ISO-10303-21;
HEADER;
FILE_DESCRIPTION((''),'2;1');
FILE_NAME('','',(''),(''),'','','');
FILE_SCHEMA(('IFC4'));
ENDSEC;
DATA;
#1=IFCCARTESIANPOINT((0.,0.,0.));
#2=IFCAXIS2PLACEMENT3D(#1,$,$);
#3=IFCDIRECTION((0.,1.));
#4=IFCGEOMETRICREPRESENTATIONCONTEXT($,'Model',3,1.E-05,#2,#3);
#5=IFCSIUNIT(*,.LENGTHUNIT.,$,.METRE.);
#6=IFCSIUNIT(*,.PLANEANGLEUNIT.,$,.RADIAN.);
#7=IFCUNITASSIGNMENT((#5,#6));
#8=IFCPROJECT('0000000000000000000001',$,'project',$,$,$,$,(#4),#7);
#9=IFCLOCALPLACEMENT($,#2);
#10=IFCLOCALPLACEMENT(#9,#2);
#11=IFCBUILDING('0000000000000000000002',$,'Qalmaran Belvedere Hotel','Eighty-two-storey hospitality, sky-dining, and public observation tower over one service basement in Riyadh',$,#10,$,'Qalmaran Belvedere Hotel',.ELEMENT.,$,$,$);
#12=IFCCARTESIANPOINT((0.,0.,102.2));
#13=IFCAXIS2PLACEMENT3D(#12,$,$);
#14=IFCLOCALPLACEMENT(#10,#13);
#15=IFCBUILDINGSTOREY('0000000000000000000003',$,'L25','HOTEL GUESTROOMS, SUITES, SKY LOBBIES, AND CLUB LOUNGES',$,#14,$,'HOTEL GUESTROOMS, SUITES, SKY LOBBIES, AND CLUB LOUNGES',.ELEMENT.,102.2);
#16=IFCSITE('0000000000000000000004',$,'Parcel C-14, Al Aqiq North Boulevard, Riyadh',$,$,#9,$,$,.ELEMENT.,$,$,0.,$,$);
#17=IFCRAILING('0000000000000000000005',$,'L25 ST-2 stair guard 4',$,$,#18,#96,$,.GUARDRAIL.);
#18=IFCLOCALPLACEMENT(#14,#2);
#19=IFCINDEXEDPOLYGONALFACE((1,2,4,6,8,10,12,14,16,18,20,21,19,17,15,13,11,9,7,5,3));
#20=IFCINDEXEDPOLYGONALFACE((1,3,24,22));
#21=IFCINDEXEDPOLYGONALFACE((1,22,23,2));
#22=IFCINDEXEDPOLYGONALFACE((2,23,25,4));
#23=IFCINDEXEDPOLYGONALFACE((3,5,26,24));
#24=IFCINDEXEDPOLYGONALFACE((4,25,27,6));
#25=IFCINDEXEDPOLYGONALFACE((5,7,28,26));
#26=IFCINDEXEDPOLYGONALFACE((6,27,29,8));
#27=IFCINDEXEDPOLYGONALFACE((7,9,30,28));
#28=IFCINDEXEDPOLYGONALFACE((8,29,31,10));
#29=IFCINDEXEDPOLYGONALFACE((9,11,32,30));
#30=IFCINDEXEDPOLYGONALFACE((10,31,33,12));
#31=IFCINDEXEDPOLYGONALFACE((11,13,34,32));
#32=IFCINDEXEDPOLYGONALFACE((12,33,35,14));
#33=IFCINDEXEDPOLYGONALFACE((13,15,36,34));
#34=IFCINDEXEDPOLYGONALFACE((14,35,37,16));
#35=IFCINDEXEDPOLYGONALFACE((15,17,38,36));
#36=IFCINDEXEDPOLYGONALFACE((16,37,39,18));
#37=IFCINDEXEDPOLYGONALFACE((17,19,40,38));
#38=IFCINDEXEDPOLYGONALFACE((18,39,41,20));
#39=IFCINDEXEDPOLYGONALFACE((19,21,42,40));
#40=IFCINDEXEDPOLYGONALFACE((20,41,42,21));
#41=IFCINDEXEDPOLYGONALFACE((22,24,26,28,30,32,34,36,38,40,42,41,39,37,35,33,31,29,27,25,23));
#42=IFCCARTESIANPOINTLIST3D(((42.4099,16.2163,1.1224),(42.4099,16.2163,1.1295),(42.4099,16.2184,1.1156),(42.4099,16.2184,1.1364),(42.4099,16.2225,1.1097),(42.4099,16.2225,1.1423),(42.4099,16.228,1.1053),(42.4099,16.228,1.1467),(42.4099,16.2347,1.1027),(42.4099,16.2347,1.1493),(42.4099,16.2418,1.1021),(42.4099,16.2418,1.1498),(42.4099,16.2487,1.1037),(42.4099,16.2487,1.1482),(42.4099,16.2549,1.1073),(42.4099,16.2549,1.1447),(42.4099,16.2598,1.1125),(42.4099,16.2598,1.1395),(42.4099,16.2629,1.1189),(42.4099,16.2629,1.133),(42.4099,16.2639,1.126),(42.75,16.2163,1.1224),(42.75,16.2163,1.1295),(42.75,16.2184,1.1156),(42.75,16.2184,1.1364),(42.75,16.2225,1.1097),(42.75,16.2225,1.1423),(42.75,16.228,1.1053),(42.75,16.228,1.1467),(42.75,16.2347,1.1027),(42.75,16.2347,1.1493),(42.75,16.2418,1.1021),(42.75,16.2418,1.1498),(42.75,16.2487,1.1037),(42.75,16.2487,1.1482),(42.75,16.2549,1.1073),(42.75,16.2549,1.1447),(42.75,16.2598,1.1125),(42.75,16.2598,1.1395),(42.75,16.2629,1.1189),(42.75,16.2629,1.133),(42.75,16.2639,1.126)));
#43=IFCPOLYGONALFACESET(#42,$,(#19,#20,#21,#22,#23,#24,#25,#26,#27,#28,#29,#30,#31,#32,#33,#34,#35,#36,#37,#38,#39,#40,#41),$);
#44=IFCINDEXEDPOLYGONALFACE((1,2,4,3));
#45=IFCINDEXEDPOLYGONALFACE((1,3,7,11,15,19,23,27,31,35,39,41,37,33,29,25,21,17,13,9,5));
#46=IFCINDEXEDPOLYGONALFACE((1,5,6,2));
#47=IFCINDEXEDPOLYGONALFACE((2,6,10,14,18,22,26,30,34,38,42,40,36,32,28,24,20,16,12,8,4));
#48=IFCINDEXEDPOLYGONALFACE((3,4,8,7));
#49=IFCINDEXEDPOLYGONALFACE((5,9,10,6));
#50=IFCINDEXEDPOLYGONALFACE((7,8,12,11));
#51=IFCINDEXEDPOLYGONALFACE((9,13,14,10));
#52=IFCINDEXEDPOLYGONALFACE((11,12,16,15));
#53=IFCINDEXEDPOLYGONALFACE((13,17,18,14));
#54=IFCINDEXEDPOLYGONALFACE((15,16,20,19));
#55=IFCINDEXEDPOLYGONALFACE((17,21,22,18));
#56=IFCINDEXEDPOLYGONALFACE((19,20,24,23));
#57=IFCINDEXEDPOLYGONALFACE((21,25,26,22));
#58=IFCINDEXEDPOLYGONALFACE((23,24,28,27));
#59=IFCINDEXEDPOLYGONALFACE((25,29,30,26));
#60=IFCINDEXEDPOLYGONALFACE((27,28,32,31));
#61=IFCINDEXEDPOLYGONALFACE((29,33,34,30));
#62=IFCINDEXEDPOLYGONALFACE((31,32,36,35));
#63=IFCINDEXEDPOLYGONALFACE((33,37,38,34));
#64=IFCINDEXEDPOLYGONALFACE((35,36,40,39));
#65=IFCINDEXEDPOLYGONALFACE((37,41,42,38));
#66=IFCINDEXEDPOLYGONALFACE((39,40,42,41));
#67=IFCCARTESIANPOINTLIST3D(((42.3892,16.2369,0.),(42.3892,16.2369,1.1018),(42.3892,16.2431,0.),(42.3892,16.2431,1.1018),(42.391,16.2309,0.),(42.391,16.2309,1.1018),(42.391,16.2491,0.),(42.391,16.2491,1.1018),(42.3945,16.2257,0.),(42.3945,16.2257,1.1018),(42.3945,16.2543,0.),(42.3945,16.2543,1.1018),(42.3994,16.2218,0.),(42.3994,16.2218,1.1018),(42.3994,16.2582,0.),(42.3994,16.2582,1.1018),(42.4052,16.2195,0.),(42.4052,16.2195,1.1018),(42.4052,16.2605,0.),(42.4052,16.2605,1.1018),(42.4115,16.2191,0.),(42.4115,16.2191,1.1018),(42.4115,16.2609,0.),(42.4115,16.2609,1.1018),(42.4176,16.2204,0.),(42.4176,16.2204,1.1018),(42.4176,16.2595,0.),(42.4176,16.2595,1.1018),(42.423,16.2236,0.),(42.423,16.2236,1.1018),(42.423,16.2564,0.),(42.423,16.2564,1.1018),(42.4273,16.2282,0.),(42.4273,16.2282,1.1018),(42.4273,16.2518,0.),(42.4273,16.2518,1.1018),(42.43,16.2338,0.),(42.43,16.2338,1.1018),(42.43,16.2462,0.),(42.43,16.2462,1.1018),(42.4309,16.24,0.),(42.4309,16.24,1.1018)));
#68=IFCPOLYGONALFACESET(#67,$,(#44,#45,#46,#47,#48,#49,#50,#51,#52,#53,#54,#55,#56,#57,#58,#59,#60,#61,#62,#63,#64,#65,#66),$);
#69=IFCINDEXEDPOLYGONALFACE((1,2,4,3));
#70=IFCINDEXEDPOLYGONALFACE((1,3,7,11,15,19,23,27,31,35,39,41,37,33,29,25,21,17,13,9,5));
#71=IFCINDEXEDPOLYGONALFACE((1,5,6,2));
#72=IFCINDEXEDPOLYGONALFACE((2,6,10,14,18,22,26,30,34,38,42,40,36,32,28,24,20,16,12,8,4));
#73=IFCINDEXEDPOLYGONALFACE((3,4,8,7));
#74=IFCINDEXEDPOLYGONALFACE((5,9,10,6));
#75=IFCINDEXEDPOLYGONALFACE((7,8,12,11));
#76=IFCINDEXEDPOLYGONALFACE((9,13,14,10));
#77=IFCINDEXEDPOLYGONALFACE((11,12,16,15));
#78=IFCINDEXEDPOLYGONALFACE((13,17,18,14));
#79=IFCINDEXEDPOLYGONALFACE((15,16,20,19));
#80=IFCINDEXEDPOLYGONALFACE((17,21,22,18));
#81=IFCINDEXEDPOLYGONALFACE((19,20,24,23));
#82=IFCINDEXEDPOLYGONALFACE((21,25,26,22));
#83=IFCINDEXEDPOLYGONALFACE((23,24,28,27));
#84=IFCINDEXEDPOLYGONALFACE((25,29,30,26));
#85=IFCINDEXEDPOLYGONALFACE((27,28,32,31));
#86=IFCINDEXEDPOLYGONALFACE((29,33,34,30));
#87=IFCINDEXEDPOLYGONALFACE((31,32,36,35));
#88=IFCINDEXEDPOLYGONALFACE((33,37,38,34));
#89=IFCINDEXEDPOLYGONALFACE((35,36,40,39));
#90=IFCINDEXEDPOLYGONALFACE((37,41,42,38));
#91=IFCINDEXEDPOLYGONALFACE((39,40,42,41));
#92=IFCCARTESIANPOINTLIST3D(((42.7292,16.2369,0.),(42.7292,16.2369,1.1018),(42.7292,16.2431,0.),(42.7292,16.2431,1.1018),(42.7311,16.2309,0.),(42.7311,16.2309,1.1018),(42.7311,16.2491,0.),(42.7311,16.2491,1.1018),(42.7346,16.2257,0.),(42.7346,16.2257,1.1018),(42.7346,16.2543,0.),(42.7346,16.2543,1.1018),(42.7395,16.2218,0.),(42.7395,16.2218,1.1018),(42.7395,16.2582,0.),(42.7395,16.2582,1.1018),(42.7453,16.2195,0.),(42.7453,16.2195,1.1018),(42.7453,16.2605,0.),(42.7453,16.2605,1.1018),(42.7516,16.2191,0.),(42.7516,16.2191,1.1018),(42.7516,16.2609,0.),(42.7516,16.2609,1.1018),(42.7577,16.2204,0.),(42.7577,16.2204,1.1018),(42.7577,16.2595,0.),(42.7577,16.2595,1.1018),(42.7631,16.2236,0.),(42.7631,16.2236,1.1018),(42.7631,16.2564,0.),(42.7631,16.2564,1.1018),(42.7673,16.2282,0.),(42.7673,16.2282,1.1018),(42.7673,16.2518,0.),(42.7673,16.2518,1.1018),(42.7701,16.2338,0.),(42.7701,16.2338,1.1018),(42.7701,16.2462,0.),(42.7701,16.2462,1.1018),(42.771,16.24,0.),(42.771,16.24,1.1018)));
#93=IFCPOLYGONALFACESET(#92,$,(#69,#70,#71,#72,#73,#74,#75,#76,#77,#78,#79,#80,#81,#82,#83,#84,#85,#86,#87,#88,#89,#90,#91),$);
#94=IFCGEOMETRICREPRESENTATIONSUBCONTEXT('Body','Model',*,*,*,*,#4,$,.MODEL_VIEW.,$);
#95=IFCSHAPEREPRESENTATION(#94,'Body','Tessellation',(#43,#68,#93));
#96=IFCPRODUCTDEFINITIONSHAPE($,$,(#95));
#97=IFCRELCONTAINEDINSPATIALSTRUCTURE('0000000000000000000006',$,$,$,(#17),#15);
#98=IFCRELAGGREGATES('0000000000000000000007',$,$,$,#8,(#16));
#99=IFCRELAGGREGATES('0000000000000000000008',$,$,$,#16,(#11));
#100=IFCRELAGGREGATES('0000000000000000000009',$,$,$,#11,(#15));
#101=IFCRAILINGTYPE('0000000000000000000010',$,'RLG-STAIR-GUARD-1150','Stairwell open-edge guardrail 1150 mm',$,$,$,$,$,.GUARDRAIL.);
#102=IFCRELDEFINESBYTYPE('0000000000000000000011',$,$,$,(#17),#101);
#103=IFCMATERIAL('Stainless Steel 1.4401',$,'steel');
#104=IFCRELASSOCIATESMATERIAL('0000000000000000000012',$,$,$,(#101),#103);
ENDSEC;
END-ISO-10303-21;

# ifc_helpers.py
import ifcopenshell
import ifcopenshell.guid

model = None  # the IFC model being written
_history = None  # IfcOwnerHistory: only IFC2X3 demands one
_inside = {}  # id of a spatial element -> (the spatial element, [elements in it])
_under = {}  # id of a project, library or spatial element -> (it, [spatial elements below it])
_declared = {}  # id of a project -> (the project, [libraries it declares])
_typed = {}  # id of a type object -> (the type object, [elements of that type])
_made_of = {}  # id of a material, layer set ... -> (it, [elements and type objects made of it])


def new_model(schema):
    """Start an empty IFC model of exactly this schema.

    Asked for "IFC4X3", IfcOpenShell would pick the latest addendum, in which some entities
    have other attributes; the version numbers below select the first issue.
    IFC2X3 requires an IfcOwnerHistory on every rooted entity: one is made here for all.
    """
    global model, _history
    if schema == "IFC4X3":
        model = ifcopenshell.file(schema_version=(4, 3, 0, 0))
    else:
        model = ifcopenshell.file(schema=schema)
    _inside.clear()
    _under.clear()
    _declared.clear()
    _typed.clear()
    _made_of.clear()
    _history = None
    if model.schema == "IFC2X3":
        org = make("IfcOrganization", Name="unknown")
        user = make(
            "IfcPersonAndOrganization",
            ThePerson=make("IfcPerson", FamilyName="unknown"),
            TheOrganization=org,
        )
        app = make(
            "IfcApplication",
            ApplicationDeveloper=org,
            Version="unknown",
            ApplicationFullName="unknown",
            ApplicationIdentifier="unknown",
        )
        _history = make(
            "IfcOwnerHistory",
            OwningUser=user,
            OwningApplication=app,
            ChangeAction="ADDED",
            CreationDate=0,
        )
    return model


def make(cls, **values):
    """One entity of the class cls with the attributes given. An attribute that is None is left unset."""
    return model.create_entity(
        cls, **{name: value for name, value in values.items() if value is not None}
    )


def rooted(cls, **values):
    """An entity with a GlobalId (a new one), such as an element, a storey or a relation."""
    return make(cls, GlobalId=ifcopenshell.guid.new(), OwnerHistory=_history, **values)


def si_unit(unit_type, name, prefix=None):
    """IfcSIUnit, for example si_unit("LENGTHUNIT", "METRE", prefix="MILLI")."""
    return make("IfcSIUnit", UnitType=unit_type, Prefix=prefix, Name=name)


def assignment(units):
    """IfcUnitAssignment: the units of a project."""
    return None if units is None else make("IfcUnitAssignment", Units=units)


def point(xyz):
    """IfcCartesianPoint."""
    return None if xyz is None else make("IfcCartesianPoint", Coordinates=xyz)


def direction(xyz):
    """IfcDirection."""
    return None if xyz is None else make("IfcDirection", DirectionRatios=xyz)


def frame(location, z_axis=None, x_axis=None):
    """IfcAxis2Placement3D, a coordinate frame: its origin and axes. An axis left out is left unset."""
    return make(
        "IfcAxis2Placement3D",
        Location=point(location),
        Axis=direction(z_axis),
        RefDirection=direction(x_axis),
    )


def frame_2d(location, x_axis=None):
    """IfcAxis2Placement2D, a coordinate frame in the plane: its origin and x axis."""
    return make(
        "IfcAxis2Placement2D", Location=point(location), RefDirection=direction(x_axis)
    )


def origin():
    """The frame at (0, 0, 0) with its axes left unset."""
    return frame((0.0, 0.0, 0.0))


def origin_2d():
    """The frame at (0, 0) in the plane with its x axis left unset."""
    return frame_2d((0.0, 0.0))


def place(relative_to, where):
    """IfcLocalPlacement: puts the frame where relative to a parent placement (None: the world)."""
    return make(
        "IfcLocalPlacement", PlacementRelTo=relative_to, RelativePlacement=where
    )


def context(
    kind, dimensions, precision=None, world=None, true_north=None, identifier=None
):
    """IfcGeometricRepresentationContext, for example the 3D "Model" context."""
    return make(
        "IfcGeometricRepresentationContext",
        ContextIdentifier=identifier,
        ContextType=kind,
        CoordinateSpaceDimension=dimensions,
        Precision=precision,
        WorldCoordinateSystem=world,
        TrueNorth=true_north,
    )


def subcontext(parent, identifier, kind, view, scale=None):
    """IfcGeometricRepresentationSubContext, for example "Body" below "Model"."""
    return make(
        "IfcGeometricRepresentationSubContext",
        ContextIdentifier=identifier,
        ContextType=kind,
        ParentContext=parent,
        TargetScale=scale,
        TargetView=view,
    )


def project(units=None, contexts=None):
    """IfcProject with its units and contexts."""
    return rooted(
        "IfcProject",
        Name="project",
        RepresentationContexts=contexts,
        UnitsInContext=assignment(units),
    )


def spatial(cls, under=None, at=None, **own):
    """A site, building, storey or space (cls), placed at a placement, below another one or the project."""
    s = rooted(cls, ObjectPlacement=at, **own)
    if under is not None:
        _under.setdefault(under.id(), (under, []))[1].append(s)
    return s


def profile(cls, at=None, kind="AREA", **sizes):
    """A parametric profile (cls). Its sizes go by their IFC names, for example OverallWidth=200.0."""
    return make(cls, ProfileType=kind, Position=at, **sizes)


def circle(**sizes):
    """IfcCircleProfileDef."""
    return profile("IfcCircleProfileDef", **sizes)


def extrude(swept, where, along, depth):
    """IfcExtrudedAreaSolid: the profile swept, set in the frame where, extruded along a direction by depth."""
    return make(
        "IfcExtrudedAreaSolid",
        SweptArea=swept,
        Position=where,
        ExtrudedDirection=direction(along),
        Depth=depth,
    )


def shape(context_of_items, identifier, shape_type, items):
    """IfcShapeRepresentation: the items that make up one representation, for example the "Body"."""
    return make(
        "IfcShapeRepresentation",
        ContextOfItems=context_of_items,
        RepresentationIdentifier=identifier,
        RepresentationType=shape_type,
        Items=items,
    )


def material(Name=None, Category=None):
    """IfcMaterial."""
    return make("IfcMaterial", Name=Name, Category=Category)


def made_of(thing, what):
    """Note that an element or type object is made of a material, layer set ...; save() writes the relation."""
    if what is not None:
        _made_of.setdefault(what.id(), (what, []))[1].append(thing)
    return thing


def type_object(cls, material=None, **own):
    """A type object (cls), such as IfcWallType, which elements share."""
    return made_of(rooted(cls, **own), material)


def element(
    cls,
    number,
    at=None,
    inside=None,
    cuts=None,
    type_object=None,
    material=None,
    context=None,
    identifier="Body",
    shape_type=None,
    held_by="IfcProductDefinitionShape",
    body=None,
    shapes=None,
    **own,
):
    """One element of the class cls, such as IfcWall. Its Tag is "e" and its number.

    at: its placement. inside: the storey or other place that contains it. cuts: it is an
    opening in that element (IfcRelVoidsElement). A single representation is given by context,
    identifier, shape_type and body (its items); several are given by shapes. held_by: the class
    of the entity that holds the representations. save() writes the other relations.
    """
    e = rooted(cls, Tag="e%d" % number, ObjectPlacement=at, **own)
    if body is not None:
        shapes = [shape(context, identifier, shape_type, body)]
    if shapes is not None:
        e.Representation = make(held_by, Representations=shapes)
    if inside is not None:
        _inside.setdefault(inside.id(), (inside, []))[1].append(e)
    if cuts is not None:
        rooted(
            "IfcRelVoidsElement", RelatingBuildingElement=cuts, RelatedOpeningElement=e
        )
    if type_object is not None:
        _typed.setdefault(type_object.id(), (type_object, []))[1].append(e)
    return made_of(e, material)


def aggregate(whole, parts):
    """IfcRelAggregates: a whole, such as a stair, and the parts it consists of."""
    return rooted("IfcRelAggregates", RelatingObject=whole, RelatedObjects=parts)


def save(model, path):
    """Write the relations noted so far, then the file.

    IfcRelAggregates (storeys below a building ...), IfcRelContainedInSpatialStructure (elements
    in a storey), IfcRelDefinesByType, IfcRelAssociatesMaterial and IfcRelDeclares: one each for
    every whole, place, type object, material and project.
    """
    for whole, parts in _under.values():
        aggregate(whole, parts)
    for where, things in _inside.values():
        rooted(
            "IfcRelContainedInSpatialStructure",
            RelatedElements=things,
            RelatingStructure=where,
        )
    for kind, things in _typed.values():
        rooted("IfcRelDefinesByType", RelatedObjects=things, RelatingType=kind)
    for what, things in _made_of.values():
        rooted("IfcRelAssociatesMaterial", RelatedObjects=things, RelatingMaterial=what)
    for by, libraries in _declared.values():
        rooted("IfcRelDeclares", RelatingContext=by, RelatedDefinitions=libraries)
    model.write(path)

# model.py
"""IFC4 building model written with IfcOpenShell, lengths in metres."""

from ifc_helpers import new_model, si_unit, direction, frame, origin, origin_2d, place, context, subcontext, project, spatial, circle, extrude, material, type_object, element, save


model = new_model("IFC4")

# Units and contexts
model_context = context("Model", 3, precision=1e-05, world=origin(), true_north=direction((0.0, 1.0)))
body_context = subcontext(model_context, "Body", "Model", "MODEL_VIEW")
ifc_project = project(units=[si_unit("LENGTHUNIT", "METRE"), si_unit("PLANEANGLEUNIT", "RADIAN")], contexts=[model_context])

# Site, building, storey
site_placement = place(None, origin())
site = spatial("IfcSite", under=ifc_project, at=site_placement, Name="Parcel C-14, Al Aqiq North Boulevard, Riyadh", CompositionType="ELEMENT", RefElevation=0.0)
building_placement = place(site_placement, origin())
building = spatial("IfcBuilding", under=site, at=building_placement, Name="Qalmaran Belvedere Hotel", Description="Eighty-two-storey hospitality, sky-dining, and public observation tower over one service basement in Riyadh", LongName="Qalmaran Belvedere Hotel", CompositionType="ELEMENT")
storey_placement = place(building_placement, frame((0.0, 0.0, 102.2)))
storey = spatial("IfcBuildingStorey", under=building, at=storey_placement, Name="L25", Description="HOTEL GUESTROOMS, SUITES, SKY LOBBIES, AND CLUB LOUNGES", LongName="HOTEL GUESTROOMS, SUITES, SKY LOBBIES, AND CLUB LOUNGES", CompositionType="ELEMENT", Elevation=102.2)

# Shared definitions
ifc_material_1 = material(Name="Stainless Steel 1.4401", Category="steel")

# Railing
railing_type_1 = type_object("IfcRailingType", Name="RLG-STAIR-GUARD-1150", Description="Stairwell open-edge guardrail 1150 mm", PredefinedType="GUARDRAIL", material=ifc_material_1)
railing_1_placement = place(storey_placement, frame((42.4099, 16.24, 0.0)))
element("IfcRailing", 1, at=railing_1_placement, inside=storey, type_object=railing_type_1, Name="L25 ST-2 stair guard 4", PredefinedType="GUARDRAIL", context=body_context, shape_type="SweptSolid", body=[
    extrude(circle(Radius=0.0239, at=origin_2d()), frame((0.0, 0.0, 1.126), z_axis=(1.0, 0.0, 0.0), x_axis=(0.0, 1.0, 0.0)), (0.0, 0.0, 1.0), 0.3401),
    extrude(circle(Radius=0.021, at=origin_2d()), origin(), (0.0, 0.0, 1.0), 1.1018),
    extrude(circle(Radius=0.021, at=origin_2d()), frame((0.3401, 0.0, 0.0)), (0.0, 0.0, 1.0), 1.1018),
])

save(model, "model.ifc")
